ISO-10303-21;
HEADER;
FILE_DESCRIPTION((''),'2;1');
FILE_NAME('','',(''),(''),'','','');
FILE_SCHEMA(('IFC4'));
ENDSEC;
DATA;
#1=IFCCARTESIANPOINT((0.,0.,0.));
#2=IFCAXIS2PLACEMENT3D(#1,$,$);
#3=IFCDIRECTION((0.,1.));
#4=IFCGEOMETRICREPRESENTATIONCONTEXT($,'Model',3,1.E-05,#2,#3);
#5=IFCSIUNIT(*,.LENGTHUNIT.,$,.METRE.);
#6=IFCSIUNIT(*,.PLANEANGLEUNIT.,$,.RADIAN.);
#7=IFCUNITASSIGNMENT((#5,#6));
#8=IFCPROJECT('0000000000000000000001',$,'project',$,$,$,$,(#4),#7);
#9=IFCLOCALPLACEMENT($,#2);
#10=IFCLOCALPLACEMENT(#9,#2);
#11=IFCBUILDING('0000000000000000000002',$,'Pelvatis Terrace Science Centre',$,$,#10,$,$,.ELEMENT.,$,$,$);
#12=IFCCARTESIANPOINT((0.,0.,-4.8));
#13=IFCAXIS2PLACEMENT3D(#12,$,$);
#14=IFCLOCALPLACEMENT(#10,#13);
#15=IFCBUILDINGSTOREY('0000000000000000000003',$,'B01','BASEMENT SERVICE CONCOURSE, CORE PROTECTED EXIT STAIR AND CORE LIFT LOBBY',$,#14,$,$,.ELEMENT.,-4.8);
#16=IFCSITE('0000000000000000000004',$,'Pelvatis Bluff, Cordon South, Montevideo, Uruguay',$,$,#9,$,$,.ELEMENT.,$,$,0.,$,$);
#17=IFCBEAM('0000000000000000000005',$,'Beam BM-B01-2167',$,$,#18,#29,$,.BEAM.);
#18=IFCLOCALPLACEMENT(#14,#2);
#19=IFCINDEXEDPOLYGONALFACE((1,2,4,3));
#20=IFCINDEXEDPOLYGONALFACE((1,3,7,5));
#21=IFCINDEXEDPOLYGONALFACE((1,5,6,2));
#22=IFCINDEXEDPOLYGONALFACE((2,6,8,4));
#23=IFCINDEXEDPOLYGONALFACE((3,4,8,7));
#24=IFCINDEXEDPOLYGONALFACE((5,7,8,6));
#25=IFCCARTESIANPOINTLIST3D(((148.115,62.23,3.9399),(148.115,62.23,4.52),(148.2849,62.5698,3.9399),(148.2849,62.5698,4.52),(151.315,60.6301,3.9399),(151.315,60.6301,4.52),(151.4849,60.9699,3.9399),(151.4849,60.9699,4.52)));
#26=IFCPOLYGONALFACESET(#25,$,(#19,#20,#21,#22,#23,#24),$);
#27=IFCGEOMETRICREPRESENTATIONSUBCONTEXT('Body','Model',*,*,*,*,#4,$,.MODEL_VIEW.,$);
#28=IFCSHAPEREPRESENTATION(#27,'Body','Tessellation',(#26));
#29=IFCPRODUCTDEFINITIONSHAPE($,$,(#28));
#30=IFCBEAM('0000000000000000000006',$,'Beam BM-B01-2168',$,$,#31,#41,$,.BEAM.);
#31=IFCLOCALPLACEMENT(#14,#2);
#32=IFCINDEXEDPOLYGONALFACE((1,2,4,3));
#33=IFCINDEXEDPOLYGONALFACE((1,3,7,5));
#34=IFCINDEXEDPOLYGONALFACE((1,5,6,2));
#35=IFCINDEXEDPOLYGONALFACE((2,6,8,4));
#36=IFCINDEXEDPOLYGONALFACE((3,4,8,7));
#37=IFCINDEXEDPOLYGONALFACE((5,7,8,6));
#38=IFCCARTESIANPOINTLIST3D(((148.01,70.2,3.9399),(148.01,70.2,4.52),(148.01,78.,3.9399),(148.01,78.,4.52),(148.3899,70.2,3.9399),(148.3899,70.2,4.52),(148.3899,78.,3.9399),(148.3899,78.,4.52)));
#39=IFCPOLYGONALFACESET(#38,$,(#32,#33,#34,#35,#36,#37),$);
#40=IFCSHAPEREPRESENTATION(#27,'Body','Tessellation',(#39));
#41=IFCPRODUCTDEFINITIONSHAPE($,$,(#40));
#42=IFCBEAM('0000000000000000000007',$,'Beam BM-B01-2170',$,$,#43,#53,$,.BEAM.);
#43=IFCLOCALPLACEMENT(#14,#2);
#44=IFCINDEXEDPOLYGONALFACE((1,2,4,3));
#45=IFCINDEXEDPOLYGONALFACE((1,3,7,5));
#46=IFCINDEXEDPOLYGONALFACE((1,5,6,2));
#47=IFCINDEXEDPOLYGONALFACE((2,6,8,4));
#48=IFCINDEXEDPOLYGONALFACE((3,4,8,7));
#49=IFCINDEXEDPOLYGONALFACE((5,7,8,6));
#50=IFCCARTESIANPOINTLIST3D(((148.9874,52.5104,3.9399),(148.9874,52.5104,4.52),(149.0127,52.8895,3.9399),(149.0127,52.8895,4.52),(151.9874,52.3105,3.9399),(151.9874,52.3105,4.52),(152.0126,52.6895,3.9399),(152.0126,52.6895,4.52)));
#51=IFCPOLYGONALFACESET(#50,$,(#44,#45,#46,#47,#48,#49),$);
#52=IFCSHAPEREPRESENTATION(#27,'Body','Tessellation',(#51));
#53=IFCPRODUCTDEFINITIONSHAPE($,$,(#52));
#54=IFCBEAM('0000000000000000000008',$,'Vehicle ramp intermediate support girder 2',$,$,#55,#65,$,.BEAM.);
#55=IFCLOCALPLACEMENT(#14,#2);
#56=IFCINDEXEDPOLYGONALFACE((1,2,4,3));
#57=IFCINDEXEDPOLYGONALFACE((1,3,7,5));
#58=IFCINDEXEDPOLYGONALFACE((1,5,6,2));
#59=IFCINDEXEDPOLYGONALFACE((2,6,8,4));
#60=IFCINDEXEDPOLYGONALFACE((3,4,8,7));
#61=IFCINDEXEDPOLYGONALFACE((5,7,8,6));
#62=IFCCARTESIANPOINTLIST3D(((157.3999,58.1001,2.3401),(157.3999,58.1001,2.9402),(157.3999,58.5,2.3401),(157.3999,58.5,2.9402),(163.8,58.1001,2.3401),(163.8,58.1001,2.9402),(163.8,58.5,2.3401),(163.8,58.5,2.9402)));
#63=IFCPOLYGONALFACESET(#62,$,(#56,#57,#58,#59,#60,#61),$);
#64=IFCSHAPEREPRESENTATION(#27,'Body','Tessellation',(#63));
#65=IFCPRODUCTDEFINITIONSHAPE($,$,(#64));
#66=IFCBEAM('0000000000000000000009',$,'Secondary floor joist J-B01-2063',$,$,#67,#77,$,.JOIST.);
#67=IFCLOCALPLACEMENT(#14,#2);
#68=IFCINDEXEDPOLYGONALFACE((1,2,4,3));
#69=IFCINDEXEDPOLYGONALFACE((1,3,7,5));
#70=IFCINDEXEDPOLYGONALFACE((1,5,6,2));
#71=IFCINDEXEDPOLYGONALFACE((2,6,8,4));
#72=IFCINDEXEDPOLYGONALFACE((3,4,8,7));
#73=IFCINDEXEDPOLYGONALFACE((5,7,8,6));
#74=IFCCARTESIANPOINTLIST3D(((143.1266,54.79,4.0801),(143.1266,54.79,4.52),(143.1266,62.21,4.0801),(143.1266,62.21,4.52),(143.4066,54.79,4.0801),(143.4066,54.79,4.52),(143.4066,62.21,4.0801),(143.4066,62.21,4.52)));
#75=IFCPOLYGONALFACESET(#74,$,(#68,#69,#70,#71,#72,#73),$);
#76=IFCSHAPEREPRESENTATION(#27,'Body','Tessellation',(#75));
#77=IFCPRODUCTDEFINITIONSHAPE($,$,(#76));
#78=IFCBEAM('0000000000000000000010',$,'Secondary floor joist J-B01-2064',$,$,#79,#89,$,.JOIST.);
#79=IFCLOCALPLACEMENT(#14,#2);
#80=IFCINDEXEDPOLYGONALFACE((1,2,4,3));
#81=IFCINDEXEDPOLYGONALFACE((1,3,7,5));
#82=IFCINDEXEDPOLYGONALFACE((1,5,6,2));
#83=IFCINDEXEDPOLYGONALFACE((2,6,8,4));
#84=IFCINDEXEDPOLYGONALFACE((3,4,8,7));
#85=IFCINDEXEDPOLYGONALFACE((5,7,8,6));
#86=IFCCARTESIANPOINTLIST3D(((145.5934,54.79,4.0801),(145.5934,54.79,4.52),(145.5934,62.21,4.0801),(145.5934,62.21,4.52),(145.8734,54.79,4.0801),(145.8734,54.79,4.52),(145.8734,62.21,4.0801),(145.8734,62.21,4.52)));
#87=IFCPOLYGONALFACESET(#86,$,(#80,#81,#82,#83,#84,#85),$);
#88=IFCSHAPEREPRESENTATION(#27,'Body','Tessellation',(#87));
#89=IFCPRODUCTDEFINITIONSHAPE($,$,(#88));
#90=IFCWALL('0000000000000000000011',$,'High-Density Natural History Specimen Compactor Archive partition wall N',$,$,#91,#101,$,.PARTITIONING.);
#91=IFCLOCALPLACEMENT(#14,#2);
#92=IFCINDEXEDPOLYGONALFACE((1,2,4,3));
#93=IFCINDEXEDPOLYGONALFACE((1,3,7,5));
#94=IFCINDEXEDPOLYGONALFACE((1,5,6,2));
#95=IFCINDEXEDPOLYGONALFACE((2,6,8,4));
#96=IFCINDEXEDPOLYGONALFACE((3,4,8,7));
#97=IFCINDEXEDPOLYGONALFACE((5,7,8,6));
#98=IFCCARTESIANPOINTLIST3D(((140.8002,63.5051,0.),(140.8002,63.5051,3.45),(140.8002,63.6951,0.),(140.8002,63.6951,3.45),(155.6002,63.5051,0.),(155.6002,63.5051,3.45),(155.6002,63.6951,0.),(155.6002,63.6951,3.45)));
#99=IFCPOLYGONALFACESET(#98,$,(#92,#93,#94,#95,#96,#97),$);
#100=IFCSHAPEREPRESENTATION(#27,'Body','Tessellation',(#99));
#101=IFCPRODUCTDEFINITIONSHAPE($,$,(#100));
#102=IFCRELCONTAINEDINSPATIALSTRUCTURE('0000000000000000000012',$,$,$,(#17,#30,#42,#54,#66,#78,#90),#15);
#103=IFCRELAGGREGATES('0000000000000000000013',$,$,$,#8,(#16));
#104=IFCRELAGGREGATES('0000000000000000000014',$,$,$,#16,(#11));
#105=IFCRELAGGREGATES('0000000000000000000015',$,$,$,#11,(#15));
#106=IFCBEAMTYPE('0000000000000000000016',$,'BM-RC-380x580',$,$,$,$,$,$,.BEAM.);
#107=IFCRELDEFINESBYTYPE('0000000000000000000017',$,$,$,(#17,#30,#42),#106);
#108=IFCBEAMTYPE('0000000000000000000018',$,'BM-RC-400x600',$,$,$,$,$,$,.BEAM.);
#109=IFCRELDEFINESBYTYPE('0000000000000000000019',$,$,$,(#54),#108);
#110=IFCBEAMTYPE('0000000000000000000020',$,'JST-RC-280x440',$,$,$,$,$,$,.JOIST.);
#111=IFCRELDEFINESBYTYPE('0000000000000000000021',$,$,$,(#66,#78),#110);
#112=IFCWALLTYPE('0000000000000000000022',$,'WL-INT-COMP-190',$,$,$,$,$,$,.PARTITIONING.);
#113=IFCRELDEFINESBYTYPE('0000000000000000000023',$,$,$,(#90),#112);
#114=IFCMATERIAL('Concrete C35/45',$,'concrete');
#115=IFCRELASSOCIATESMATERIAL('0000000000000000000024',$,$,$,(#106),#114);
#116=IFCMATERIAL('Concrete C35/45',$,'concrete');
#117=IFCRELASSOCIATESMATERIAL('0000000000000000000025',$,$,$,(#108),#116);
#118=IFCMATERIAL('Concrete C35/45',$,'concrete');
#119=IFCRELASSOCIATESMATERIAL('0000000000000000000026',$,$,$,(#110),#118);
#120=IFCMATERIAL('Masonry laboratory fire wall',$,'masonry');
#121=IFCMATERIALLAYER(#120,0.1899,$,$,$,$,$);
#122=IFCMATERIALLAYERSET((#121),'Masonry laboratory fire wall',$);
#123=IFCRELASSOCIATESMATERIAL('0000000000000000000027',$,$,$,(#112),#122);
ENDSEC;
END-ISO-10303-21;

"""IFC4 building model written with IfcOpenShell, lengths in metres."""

from ifc_helpers import new_model, si_unit, direction, frame, frame_2d, origin, origin_2d, place, context, subcontext, project, spatial, rectangle, extrude, material, layer, layer_set, material_profile, profile_set, type_object, element, save


model = new_model("IFC4")

# Units and contexts
model_context = context("Model", 3, precision=1e-05, world=origin(), true_north=direction((0.0, 1.0)))
body_context = subcontext(model_context, "Body", "Model", "MODEL_VIEW")
ifc_project = project(units=[si_unit("LENGTHUNIT", "METRE"), si_unit("PLANEANGLEUNIT", "RADIAN")], contexts=[model_context])

# Site, building, storey
site_placement = place(None, origin())
site = spatial("IfcSite", under=ifc_project, at=site_placement, Name="Pelvatis Bluff, Cordon South, Montevideo, Uruguay", CompositionType="ELEMENT", RefElevation=0.0)
building_placement = place(site_placement, origin())
building = spatial("IfcBuilding", under=site, at=building_placement, Name="Pelvatis Terrace Science Centre", CompositionType="ELEMENT")
storey_placement = place(building_placement, frame((0.0, 0.0, -4.8)))
storey = spatial("IfcBuildingStorey", under=building, at=storey_placement, Name="B01", Description="BASEMENT SERVICE CONCOURSE, CORE PROTECTED EXIT STAIR AND CORE LIFT LOBBY", CompositionType="ELEMENT", Elevation=-4.8)

# Beams
ifc_material_1 = material(Name="Concrete C35/45", Category="concrete")
ifc_material_profile_1 = material_profile(ifc_material_1, rectangle(XDim=0.3799, YDim=0.5801, at=origin_2d()), Name="RC-BM 380x580")
ifc_profile_set_1 = profile_set([ifc_material_profile_1], Name="Concrete C35/45")
beam_type_1 = type_object("IfcBeamType", Name="BM-RC-380x580", PredefinedType="BEAM", material=ifc_profile_set_1)
beam_1_placement = place(storey_placement, frame((148.2, 62.3999, 4.23), z_axis=(0.894441, -0.447186, 0.0), x_axis=(0.447186, 0.894441, 0.0)))
element("IfcBeam", 1, at=beam_1_placement, inside=storey, type_object=beam_type_1, Name="Beam BM-B01-2167", PredefinedType="BEAM", context=body_context, shape_type="SweptSolid", body=[
    extrude(rectangle(XDim=0.3799, YDim=0.5801, at=origin_2d()), origin(), (0.0, 0.0, 1.0), 3.5776),
])
beam_2_placement = place(storey_placement, frame((148.2, 70.2, 4.23), z_axis=(0.0, 1.0, 0.0), x_axis=(-1.0, 0.0, 0.0)))
element("IfcBeam", 2, at=beam_2_placement, inside=storey, type_object=beam_type_1, Name="Beam BM-B01-2168", PredefinedType="BEAM", context=body_context, shape_type="SweptSolid", body=[
    extrude(rectangle(XDim=0.3799, YDim=0.5801, at=origin_2d()), origin(), (0.0, 0.0, 1.0), 7.8),
])
beam_3_placement = place(storey_placement, frame((152.0, 52.5, 4.23), z_axis=(-0.997786, 0.066503, 0.0), x_axis=(-0.066503, -0.997786, 0.0)))
element("IfcBeam", 3, at=beam_3_placement, inside=storey, type_object=beam_type_1, Name="Beam BM-B01-2170", PredefinedType="BEAM", context=body_context, shape_type="SweptSolid", body=[
    extrude(rectangle(XDim=0.3799, YDim=0.5801, at=origin_2d()), origin(), (0.0, 0.0, 1.0), 3.0066),
])
ifc_material_2 = material(Name="Concrete C35/45", Category="concrete")
ifc_material_profile_2 = material_profile(ifc_material_2, rectangle(XDim=0.3999, YDim=0.6001, at=origin_2d()), Name="RC-BM 400x600")
ifc_profile_set_2 = profile_set([ifc_material_profile_2], Name="Concrete C35/45")
beam_type_2 = type_object("IfcBeamType", Name="BM-RC-400x600", PredefinedType="BEAM", material=ifc_profile_set_2)
beam_4_placement = place(storey_placement, frame((157.3999, 58.3, 2.6401), z_axis=(1.0, 0.0, 0.0), x_axis=(0.0, 1.0, 0.0)))
element("IfcBeam", 4, at=beam_4_placement, inside=storey, type_object=beam_type_2, Name="Vehicle ramp intermediate support girder 2", PredefinedType="BEAM", context=body_context, shape_type="SweptSolid", body=[
    extrude(rectangle(XDim=0.3999, YDim=0.6001, at=origin_2d()), origin(), (0.0, 0.0, 1.0), 6.4001),
])
ifc_material_3 = material(Name="Concrete C35/45", Category="concrete")
ifc_material_profile_3 = material_profile(ifc_material_3, rectangle(XDim=0.28, YDim=0.4399, at=origin_2d()), Name="RC-JST 280x440")
ifc_profile_set_3 = profile_set([ifc_material_profile_3], Name="Concrete C35/45")
beam_type_3 = type_object("IfcBeamType", Name="JST-RC-280x440", PredefinedType="JOIST", material=ifc_profile_set_3)
for number, where, z_axis, x_axis, name in (
    (5, (143.2666, 54.79, 4.3), (0.0, 1.0, 0.0), (-1.0, 0.0, 0.0), "Secondary floor joist J-B01-2063"),
    (6, (145.7334, 54.79, 4.3), (0.0, 1.0, 0.0), (-1.0, 0.0, 0.0), "Secondary floor joist J-B01-2064"),
):
    element("IfcBeam", number, at=place(storey_placement, frame(where, z_axis=z_axis, x_axis=x_axis)), inside=storey, type_object=beam_type_3, Name=name, PredefinedType="JOIST", context=body_context, shape_type="SweptSolid", body=[
        extrude(rectangle(XDim=0.28, YDim=0.4399, at=origin_2d()), origin(), (0.0, 0.0, 1.0), 7.4199),
    ])

# Wall
ifc_material_4 = material(Name="Masonry laboratory fire wall", Category="masonry")
ifc_layer_1 = layer(ifc_material_4, 0.1899)
ifc_layer_set_1 = layer_set([ifc_layer_1], Name="Masonry laboratory fire wall")
wall_type = type_object("IfcWallType", Name="WL-INT-COMP-190", PredefinedType="PARTITIONING", material=ifc_layer_set_1)
wall_placement = place(storey_placement, frame((155.6001, 63.6001, 0.0), z_axis=(0.0, 0.0, 1.0), x_axis=(-1.0, 0.0, 0.0)))
element("IfcWall", 7, at=wall_placement, inside=storey, type_object=wall_type, Name="High-Density Natural History Specimen Compactor Archive partition wall N", PredefinedType="PARTITIONING", context=body_context, shape_type="SweptSolid", body=[
    extrude(rectangle(XDim=14.8, YDim=0.1899, at=frame_2d((7.3999, 0.0))), origin(), (0.0, 0.0, 1.0), 3.45),
])

save(model, "model.ifc")
